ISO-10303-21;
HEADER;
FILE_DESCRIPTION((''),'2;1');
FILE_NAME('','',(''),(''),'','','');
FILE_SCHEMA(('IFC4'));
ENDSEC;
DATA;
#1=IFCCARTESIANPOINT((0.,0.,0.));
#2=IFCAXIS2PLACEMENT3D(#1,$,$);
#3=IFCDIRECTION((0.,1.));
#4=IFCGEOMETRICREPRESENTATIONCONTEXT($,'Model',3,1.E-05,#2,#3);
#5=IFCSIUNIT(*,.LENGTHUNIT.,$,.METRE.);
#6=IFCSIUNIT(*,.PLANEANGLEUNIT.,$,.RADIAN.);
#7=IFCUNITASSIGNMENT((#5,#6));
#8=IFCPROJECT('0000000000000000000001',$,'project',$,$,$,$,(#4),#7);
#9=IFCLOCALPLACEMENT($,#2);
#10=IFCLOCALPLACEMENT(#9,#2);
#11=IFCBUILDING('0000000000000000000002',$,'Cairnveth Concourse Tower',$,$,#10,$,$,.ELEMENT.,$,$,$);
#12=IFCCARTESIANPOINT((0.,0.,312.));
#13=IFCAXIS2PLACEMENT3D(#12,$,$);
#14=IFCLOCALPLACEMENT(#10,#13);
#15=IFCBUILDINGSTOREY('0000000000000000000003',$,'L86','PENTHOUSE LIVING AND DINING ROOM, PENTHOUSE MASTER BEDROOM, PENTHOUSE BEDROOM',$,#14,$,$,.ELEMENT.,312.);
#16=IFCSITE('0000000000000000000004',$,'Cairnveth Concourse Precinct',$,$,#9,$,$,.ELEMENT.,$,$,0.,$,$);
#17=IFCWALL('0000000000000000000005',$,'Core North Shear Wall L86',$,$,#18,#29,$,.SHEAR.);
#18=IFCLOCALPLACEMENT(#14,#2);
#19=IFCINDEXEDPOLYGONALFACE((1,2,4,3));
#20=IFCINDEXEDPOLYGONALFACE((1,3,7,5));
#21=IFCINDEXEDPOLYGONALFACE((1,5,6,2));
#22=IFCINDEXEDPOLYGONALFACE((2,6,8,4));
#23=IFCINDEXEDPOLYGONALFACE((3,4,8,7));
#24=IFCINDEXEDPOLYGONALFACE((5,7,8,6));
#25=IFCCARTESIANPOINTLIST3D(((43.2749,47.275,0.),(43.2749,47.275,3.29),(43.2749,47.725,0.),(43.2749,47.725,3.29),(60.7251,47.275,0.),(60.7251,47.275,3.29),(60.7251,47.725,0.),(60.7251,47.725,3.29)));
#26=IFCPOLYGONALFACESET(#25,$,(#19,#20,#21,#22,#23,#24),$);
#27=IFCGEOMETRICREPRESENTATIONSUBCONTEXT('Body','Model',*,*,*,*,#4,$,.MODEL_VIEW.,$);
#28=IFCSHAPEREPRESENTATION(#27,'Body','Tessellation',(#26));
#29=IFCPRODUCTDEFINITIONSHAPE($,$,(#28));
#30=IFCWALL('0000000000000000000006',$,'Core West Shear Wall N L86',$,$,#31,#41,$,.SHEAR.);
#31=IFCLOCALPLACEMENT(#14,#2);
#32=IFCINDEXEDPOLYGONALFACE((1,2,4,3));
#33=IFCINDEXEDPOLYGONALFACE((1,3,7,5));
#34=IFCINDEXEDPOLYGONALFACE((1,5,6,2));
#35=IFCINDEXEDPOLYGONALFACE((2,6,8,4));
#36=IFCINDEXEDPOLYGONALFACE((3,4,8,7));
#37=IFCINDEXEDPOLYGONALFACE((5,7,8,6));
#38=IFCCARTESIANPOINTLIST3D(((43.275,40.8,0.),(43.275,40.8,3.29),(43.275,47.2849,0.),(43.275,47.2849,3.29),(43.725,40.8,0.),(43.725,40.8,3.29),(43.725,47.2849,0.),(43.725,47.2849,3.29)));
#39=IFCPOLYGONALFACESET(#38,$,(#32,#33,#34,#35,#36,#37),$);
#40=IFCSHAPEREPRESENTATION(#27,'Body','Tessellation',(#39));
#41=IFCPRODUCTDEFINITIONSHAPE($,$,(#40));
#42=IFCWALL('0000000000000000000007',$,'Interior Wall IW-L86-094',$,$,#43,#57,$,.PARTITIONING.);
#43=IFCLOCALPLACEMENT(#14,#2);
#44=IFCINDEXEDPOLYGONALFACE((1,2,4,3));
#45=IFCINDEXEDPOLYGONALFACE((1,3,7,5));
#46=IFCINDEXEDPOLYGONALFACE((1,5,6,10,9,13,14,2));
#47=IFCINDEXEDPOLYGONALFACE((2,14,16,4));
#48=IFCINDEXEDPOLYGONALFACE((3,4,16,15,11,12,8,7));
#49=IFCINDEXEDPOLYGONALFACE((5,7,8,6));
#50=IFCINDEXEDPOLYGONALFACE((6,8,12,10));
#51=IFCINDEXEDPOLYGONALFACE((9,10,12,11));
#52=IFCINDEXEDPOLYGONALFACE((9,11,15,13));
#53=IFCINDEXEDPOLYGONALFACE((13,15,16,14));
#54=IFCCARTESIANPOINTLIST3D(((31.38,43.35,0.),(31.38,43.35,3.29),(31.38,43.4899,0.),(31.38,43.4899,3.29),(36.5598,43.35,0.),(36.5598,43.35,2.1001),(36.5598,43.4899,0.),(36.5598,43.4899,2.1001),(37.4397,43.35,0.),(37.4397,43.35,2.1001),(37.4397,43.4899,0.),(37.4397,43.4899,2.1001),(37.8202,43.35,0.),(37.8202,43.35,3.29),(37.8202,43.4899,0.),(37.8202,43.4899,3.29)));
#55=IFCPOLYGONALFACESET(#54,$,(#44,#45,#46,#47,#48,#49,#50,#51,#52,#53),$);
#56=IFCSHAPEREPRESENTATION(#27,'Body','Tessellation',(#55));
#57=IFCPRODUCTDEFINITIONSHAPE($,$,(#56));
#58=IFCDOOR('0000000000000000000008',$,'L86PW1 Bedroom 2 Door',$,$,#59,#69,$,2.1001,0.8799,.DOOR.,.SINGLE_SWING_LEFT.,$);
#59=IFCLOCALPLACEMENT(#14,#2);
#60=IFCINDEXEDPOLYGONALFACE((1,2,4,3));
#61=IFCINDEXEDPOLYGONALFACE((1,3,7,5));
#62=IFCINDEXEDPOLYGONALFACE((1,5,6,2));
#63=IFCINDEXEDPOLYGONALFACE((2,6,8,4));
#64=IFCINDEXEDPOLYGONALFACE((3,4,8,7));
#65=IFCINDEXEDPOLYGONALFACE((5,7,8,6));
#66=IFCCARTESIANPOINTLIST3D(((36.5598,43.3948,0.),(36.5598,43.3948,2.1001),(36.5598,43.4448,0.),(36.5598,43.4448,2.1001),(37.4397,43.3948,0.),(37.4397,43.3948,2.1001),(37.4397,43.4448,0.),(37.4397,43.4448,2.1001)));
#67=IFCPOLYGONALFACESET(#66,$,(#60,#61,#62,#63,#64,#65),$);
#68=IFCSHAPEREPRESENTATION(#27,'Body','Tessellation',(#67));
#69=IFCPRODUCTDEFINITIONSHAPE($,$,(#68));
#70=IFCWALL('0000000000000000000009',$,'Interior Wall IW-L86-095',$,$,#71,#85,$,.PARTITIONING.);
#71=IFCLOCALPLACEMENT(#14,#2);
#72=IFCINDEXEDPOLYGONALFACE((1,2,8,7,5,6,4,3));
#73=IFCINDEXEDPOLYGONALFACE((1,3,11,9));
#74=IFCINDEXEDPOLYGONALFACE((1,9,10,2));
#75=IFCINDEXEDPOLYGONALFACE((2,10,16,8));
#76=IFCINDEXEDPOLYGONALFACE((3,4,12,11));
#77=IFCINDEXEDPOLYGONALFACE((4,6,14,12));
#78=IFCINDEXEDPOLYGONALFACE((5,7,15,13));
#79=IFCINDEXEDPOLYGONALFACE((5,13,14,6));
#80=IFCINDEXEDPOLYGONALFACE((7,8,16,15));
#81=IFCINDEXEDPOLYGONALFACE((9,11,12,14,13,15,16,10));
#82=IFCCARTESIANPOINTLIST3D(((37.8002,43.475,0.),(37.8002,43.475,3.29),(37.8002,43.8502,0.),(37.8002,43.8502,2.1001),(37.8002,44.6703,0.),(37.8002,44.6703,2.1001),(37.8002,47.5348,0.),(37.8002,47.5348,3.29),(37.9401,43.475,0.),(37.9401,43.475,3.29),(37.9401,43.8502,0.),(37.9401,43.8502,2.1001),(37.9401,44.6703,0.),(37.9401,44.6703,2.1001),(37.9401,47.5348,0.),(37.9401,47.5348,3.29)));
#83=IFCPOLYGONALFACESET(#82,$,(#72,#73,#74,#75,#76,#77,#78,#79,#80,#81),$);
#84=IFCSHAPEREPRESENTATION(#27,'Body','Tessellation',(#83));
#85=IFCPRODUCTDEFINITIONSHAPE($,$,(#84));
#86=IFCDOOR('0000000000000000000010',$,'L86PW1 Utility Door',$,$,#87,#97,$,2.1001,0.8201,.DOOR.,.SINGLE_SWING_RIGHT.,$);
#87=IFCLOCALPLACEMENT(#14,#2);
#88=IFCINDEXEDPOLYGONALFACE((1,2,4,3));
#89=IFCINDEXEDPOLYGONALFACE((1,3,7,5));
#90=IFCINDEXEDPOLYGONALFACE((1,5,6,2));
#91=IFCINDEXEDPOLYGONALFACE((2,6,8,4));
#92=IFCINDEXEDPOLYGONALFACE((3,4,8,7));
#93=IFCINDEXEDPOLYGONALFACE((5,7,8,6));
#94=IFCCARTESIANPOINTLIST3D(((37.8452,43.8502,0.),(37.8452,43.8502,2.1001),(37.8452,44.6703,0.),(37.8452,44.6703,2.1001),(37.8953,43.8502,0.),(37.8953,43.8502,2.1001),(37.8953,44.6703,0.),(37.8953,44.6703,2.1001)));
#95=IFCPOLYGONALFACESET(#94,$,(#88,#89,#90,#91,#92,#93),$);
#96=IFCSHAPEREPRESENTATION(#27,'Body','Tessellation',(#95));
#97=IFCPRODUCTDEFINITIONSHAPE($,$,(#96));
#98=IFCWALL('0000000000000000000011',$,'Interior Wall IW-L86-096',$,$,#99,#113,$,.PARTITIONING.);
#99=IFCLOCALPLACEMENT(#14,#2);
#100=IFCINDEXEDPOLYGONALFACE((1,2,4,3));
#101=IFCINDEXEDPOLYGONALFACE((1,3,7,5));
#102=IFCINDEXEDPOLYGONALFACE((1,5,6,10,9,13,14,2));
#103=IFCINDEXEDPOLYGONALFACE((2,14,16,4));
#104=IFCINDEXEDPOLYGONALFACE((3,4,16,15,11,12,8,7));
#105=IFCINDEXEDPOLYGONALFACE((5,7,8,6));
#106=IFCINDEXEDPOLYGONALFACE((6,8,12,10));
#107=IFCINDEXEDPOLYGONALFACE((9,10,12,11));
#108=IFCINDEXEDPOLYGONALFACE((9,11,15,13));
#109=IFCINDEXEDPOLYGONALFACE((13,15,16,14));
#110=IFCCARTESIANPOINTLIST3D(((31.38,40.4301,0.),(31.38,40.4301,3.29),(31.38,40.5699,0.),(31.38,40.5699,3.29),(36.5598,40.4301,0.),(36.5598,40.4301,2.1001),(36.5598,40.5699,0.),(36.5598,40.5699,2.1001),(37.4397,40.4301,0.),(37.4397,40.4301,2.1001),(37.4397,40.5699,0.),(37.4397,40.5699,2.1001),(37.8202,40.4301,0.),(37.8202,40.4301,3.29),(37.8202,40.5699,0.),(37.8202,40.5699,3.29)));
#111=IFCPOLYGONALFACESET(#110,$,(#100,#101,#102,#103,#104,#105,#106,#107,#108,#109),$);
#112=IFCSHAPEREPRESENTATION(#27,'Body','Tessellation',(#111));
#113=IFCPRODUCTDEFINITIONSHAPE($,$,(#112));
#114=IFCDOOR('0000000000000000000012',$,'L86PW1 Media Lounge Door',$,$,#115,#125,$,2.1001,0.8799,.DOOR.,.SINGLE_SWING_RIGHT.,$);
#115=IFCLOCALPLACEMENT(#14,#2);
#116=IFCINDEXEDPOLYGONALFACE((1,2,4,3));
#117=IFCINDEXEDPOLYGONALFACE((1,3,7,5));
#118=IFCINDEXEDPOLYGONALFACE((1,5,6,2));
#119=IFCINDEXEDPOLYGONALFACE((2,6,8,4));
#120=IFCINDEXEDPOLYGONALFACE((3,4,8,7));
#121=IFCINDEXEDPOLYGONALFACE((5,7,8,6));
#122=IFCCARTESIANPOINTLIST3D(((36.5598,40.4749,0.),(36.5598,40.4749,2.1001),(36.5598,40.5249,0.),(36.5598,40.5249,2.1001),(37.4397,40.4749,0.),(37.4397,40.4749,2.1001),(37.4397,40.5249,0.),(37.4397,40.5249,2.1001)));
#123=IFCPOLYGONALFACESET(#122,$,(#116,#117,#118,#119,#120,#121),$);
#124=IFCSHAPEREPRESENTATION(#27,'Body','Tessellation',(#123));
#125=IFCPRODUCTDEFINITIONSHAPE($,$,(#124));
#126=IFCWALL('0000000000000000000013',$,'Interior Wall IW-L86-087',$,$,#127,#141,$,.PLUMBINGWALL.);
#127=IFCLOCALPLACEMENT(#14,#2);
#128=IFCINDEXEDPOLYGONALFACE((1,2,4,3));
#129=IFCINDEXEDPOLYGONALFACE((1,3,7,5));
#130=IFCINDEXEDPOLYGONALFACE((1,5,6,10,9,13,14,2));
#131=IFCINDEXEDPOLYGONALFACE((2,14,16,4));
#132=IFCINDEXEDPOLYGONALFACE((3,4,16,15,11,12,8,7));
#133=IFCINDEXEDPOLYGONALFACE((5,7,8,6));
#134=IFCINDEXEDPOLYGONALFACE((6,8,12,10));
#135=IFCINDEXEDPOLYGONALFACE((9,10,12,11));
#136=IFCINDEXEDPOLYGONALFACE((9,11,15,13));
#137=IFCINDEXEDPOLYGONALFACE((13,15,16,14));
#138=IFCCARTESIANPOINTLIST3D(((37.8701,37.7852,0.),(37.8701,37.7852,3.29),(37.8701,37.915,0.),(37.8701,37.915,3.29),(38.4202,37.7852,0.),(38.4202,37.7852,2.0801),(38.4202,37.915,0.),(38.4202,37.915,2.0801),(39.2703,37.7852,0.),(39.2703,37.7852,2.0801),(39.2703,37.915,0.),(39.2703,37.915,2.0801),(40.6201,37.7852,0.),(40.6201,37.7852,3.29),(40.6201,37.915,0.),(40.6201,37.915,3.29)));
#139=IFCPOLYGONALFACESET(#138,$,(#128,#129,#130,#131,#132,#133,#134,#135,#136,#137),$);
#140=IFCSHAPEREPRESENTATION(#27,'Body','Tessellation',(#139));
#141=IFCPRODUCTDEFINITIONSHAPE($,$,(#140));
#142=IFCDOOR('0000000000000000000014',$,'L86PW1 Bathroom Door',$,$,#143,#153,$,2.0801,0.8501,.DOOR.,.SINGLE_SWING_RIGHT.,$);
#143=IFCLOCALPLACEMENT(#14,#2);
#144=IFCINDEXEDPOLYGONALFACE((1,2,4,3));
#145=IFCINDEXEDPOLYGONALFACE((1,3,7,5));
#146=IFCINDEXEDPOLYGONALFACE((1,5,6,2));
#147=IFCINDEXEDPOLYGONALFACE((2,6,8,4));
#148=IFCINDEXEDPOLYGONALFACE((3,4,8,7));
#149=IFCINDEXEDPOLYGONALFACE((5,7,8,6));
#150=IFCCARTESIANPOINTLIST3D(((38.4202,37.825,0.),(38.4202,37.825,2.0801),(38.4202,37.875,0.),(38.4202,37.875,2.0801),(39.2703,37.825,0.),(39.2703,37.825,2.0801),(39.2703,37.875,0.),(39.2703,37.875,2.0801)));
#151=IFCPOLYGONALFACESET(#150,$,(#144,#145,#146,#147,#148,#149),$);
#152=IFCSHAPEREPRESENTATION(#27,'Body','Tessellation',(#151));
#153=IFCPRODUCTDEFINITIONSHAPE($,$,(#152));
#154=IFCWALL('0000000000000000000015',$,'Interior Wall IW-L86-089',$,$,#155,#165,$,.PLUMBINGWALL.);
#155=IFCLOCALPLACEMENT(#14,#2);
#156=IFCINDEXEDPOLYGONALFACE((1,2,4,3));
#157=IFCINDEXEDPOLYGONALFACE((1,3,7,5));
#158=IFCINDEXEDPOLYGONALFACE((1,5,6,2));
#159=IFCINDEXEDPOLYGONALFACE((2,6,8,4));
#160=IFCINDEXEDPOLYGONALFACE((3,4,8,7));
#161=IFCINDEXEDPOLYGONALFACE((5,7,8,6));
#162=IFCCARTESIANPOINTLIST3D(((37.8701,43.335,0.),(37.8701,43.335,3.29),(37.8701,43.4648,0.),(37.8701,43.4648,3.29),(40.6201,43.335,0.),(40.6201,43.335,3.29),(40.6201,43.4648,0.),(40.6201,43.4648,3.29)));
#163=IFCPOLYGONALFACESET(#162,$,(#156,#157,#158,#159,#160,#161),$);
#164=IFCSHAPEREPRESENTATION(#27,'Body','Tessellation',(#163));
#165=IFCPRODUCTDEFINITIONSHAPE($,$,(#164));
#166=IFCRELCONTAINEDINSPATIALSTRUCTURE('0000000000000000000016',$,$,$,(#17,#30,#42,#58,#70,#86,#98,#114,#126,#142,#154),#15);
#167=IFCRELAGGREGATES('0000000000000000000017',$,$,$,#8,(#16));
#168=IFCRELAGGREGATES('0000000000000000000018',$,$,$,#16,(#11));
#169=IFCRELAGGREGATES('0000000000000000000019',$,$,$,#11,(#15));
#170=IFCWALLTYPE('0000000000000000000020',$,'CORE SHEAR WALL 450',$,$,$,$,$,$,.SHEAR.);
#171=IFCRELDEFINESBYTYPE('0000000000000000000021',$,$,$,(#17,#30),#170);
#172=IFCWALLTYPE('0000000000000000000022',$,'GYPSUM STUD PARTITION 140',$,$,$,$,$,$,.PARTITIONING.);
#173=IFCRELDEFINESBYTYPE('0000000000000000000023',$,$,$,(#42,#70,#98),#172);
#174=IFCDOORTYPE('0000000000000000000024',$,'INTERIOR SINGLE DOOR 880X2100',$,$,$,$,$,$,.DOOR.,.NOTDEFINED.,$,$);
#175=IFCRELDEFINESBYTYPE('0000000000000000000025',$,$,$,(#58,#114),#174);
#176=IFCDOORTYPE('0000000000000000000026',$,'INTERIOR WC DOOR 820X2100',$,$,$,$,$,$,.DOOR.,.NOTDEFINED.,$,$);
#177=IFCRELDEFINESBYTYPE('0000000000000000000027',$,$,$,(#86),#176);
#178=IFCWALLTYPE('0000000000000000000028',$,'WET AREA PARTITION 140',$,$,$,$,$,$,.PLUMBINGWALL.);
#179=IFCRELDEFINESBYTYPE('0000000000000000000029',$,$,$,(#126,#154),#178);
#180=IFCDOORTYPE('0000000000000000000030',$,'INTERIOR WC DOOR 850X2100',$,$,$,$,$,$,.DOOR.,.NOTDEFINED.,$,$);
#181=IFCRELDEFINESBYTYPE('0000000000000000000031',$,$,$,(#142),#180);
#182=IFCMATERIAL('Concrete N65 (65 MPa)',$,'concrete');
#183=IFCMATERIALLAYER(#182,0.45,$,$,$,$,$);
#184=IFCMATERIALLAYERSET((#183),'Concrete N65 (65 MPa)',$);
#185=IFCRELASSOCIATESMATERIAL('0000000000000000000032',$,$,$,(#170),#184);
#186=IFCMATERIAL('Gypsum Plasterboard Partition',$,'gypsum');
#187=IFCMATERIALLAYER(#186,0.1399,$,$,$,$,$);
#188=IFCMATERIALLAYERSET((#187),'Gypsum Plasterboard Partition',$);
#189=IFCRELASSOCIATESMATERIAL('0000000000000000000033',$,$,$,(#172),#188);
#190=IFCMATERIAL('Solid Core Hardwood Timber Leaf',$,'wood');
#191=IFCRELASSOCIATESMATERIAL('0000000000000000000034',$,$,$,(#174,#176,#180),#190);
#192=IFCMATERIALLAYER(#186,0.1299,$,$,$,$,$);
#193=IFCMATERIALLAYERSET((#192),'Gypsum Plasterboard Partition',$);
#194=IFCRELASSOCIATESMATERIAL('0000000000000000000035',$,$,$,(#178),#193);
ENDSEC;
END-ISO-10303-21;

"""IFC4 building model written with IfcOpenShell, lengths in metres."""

from ifc_helpers import new_model, si_unit, direction, frame, frame_2d, origin, place, context, subcontext, project, spatial, rectangle, extrude, material, layer, layer_set, type_object, element, fill, save


model = new_model("IFC4")

# Units and contexts
model_context = context("Model", 3, precision=1e-05, world=origin(), true_north=direction((0.0, 1.0)))
body_context = subcontext(model_context, "Body", "Model", "MODEL_VIEW")
ifc_project = project(units=[si_unit("LENGTHUNIT", "METRE"), si_unit("PLANEANGLEUNIT", "RADIAN")], contexts=[model_context])

# Site, building, storey
site_placement = place(None, origin())
site = spatial("IfcSite", under=ifc_project, at=site_placement, Name="Cairnveth Concourse Precinct", CompositionType="ELEMENT", RefElevation=0.0)
building_placement = place(site_placement, origin())
building = spatial("IfcBuilding", under=site, at=building_placement, Name="Cairnveth Concourse Tower", CompositionType="ELEMENT")
storey_placement = place(building_placement, frame((0.0, 0.0, 312.0)))
storey = spatial("IfcBuildingStorey", under=building, at=storey_placement, Name="L86", Description="PENTHOUSE LIVING AND DINING ROOM, PENTHOUSE MASTER BEDROOM, PENTHOUSE BEDROOM", CompositionType="ELEMENT", Elevation=312.0)

# Walls
ifc_material_1 = material(Name="Concrete N65 (65 MPa)", Category="concrete")
ifc_layer_1 = layer(ifc_material_1, 0.45)
ifc_layer_set_1 = layer_set([ifc_layer_1], Name="Concrete N65 (65 MPa)")
wall_type_1 = type_object("IfcWallType", Name="CORE SHEAR WALL 450", PredefinedType="SHEAR", material=ifc_layer_set_1)
wall_1_placement = place(storey_placement, frame((43.2749, 47.5, 0.0), z_axis=(0.0, 0.0, 1.0), x_axis=(1.0, 0.0, 0.0)))
element("IfcWall", 1, at=wall_1_placement, inside=storey, type_object=wall_type_1, Name="Core North Shear Wall L86", PredefinedType="SHEAR", context=body_context, shape_type="SweptSolid", body=[
    extrude(rectangle(XDim=17.4502, YDim=0.45, at=frame_2d((8.7251, 0.0))), origin(), (0.0, 0.0, 1.0), 3.29),
])
wall_2_placement = place(storey_placement, frame((43.5, 40.8, 0.0), z_axis=(0.0, 0.0, 1.0), x_axis=(0.0, 1.0, 0.0)))
element("IfcWall", 2, at=wall_2_placement, inside=storey, type_object=wall_type_1, Name="Core West Shear Wall N L86", PredefinedType="SHEAR", context=body_context, shape_type="SweptSolid", body=[
    extrude(rectangle(XDim=6.4849, YDim=0.45, at=frame_2d((3.2424, 0.0))), origin(), (0.0, 0.0, 1.0), 3.29),
])

# Walls, openings, doors
ifc_material_2 = material(Name="Gypsum Plasterboard Partition", Category="gypsum")
ifc_layer_2 = layer(ifc_material_2, 0.1399)
ifc_layer_set_2 = layer_set([ifc_layer_2], Name="Gypsum Plasterboard Partition")
wall_type_2 = type_object("IfcWallType", Name="GYPSUM STUD PARTITION 140", PredefinedType="PARTITIONING", material=ifc_layer_set_2)
wall_3_placement = place(storey_placement, frame((31.3799, 43.4199, 0.0), z_axis=(0.0, 0.0, 1.0), x_axis=(1.0, 0.0, 0.0)))
wall_3 = element("IfcWall", 3, at=wall_3_placement, inside=storey, type_object=wall_type_2, Name="Interior Wall IW-L86-094", PredefinedType="PARTITIONING", context=body_context, shape_type="SweptSolid", body=[
    extrude(rectangle(XDim=6.4402, YDim=0.1399, at=frame_2d((3.2202, 0.0))), origin(), (0.0, 0.0, 1.0), 3.29),
])
opening_1_placement = place(wall_3_placement, frame((5.1799, 0.0, 0.0)))
opening_1 = element("IfcOpeningElement", 4, at=opening_1_placement, cuts=wall_3, PredefinedType="OPENING", context=body_context, shape_type="SweptSolid", body=[
    extrude(rectangle(XDim=0.8799, YDim=2.1001, at=frame_2d((0.4399, 1.05))), frame((0.0, 0.0798, 0.0), z_axis=(0.0, -1.0, 0.0), x_axis=(1.0, 0.0, 0.0)), (0.0, 0.0, 1.0), 0.1599),
])
ifc_material_3 = material(Name="Solid Core Hardwood Timber Leaf", Category="wood")
door_type_1 = type_object("IfcDoorType", Name="INTERIOR SINGLE DOOR 880X2100", OperationType="NOTDEFINED", PredefinedType="DOOR", material=ifc_material_3)
door_1_placement = place(opening_1_placement, origin())
door_1 = element("IfcDoor", 5, at=door_1_placement, inside=storey, type_object=door_type_1, Name="L86PW1 Bedroom 2 Door", OperationType="SINGLE_SWING_LEFT", OverallHeight=2.1001, OverallWidth=0.8799, PredefinedType="DOOR", context=body_context, shape_type="SweptSolid", body=[
    extrude(rectangle(XDim=0.8799, YDim=2.1001, at=frame_2d((0.4399, 1.05))), frame((0.0, 0.0249, 0.0), z_axis=(0.0, -1.0, 0.0), x_axis=(1.0, 0.0, 0.0)), (0.0, 0.0, 1.0), 0.05),
])
fill(opening_1, door_1)
wall_4_placement = place(storey_placement, frame((37.8701, 43.4751, 0.0), z_axis=(0.0, 0.0, 1.0), x_axis=(0.0, 1.0, 0.0)))
wall_4 = element("IfcWall", 6, at=wall_4_placement, inside=storey, type_object=wall_type_2, Name="Interior Wall IW-L86-095", PredefinedType="PARTITIONING", context=body_context, shape_type="SweptSolid", body=[
    extrude(rectangle(XDim=4.0598, YDim=0.1399, at=frame_2d((2.0298, 0.0))), origin(), (0.0, 0.0, 1.0), 3.29),
])
opening_2_placement = place(wall_4_placement, frame((0.375, 0.0, 0.0)))
opening_2 = element("IfcOpeningElement", 7, at=opening_2_placement, cuts=wall_4, PredefinedType="OPENING", context=body_context, shape_type="SweptSolid", body=[
    extrude(rectangle(XDim=0.8201, YDim=2.1001, at=frame_2d((0.4102, 1.05))), frame((0.0, 0.0798, 0.0), z_axis=(0.0, -1.0, 0.0), x_axis=(1.0, 0.0, 0.0)), (0.0, 0.0, 1.0), 0.1599),
])
door_type_2 = type_object("IfcDoorType", Name="INTERIOR WC DOOR 820X2100", OperationType="NOTDEFINED", PredefinedType="DOOR", material=ifc_material_3)
door_2_placement = place(opening_2_placement, origin())
door_2 = element("IfcDoor", 8, at=door_2_placement, inside=storey, type_object=door_type_2, Name="L86PW1 Utility Door", OperationType="SINGLE_SWING_RIGHT", OverallHeight=2.1001, OverallWidth=0.8201, PredefinedType="DOOR", context=body_context, shape_type="SweptSolid", body=[
    extrude(rectangle(XDim=0.8201, YDim=2.1001, at=frame_2d((0.4102, 1.05))), frame((0.0, 0.0249, 0.0), z_axis=(0.0, -1.0, 0.0), x_axis=(1.0, 0.0, 0.0)), (0.0, 0.0, 1.0), 0.05),
])
fill(opening_2, door_2)
wall_5_placement = place(storey_placement, frame((31.3799, 40.5, 0.0), z_axis=(0.0, 0.0, 1.0), x_axis=(1.0, 0.0, 0.0)))
wall_5 = element("IfcWall", 9, at=wall_5_placement, inside=storey, type_object=wall_type_2, Name="Interior Wall IW-L86-096", PredefinedType="PARTITIONING", context=body_context, shape_type="SweptSolid", body=[
    extrude(rectangle(XDim=6.4402, YDim=0.1399, at=frame_2d((3.2202, 0.0))), origin(), (0.0, 0.0, 1.0), 3.29),
])
opening_3_placement = place(wall_5_placement, frame((5.1799, 0.0, 0.0)))
opening_3 = element("IfcOpeningElement", 10, at=opening_3_placement, cuts=wall_5, PredefinedType="OPENING", context=body_context, shape_type="SweptSolid", body=[
    extrude(rectangle(XDim=0.8799, YDim=2.1001, at=frame_2d((0.4399, 1.05))), frame((0.0, 0.0798, 0.0), z_axis=(0.0, -1.0, 0.0), x_axis=(1.0, 0.0, 0.0)), (0.0, 0.0, 1.0), 0.1599),
])
door_3_placement = place(opening_3_placement, origin())
door_3 = element("IfcDoor", 11, at=door_3_placement, inside=storey, type_object=door_type_1, Name="L86PW1 Media Lounge Door", OperationType="SINGLE_SWING_RIGHT", OverallHeight=2.1001, OverallWidth=0.8799, PredefinedType="DOOR", context=body_context, shape_type="SweptSolid", body=[
    extrude(rectangle(XDim=0.8799, YDim=2.1001, at=frame_2d((0.4399, 1.05))), frame((0.0, 0.0249, 0.0), z_axis=(0.0, -1.0, 0.0), x_axis=(1.0, 0.0, 0.0)), (0.0, 0.0, 1.0), 0.05),
])
fill(opening_3, door_3)
ifc_layer_3 = layer(ifc_material_2, 0.1299)
ifc_layer_set_3 = layer_set([ifc_layer_3], Name="Gypsum Plasterboard Partition")
wall_type_3 = type_object("IfcWallType", Name="WET AREA PARTITION 140", PredefinedType="PLUMBINGWALL", material=ifc_layer_set_3)
wall_6_placement = place(storey_placement, frame((37.8701, 37.8501, 0.0), z_axis=(0.0, 0.0, 1.0), x_axis=(1.0, 0.0, 0.0)))
wall_6 = element("IfcWall", 12, at=wall_6_placement, inside=storey, type_object=wall_type_3, Name="Interior Wall IW-L86-087", PredefinedType="PLUMBINGWALL", context=body_context, shape_type="SweptSolid", body=[
    extrude(rectangle(XDim=2.75, YDim=0.1299, at=frame_2d((1.375, 0.0))), origin(), (0.0, 0.0, 1.0), 3.29),
])
opening_4_placement = place(wall_6_placement, frame((0.55, 0.0, 0.0)))
opening_4 = element("IfcOpeningElement", 13, at=opening_4_placement, cuts=wall_6, PredefinedType="OPENING", context=body_context, shape_type="SweptSolid", body=[
    extrude(rectangle(XDim=0.8501, YDim=2.0801, at=frame_2d((0.425, 1.04))), frame((0.0, 0.075, 0.0), z_axis=(0.0, -1.0, 0.0), x_axis=(1.0, 0.0, 0.0)), (0.0, 0.0, 1.0), 0.1499),
])
door_type_3 = type_object("IfcDoorType", Name="INTERIOR WC DOOR 850X2100", OperationType="NOTDEFINED", PredefinedType="DOOR", material=ifc_material_3)
door_4_placement = place(opening_4_placement, origin())
door_4 = element("IfcDoor", 14, at=door_4_placement, inside=storey, type_object=door_type_3, Name="L86PW1 Bathroom Door", OperationType="SINGLE_SWING_RIGHT", OverallHeight=2.0801, OverallWidth=0.8501, PredefinedType="DOOR", context=body_context, shape_type="SweptSolid", body=[
    extrude(rectangle(XDim=0.8501, YDim=2.0801, at=frame_2d((0.425, 1.04))), frame((0.0, 0.0249, 0.0), z_axis=(0.0, -1.0, 0.0), x_axis=(1.0, 0.0, 0.0)), (0.0, 0.0, 1.0), 0.05),
])
fill(opening_4, door_4)

# Wall
wall_7_placement = place(storey_placement, frame((37.8701, 43.3999, 0.0), z_axis=(0.0, 0.0, 1.0), x_axis=(1.0, 0.0, 0.0)))
element("IfcWall", 15, at=wall_7_placement, inside=storey, type_object=wall_type_3, Name="Interior Wall IW-L86-089", PredefinedType="PLUMBINGWALL", context=body_context, shape_type="SweptSolid", body=[
    extrude(rectangle(XDim=2.75, YDim=0.1299, at=frame_2d((1.375, 0.0))), origin(), (0.0, 0.0, 1.0), 3.29),
])

save(model, "model.ifc")
